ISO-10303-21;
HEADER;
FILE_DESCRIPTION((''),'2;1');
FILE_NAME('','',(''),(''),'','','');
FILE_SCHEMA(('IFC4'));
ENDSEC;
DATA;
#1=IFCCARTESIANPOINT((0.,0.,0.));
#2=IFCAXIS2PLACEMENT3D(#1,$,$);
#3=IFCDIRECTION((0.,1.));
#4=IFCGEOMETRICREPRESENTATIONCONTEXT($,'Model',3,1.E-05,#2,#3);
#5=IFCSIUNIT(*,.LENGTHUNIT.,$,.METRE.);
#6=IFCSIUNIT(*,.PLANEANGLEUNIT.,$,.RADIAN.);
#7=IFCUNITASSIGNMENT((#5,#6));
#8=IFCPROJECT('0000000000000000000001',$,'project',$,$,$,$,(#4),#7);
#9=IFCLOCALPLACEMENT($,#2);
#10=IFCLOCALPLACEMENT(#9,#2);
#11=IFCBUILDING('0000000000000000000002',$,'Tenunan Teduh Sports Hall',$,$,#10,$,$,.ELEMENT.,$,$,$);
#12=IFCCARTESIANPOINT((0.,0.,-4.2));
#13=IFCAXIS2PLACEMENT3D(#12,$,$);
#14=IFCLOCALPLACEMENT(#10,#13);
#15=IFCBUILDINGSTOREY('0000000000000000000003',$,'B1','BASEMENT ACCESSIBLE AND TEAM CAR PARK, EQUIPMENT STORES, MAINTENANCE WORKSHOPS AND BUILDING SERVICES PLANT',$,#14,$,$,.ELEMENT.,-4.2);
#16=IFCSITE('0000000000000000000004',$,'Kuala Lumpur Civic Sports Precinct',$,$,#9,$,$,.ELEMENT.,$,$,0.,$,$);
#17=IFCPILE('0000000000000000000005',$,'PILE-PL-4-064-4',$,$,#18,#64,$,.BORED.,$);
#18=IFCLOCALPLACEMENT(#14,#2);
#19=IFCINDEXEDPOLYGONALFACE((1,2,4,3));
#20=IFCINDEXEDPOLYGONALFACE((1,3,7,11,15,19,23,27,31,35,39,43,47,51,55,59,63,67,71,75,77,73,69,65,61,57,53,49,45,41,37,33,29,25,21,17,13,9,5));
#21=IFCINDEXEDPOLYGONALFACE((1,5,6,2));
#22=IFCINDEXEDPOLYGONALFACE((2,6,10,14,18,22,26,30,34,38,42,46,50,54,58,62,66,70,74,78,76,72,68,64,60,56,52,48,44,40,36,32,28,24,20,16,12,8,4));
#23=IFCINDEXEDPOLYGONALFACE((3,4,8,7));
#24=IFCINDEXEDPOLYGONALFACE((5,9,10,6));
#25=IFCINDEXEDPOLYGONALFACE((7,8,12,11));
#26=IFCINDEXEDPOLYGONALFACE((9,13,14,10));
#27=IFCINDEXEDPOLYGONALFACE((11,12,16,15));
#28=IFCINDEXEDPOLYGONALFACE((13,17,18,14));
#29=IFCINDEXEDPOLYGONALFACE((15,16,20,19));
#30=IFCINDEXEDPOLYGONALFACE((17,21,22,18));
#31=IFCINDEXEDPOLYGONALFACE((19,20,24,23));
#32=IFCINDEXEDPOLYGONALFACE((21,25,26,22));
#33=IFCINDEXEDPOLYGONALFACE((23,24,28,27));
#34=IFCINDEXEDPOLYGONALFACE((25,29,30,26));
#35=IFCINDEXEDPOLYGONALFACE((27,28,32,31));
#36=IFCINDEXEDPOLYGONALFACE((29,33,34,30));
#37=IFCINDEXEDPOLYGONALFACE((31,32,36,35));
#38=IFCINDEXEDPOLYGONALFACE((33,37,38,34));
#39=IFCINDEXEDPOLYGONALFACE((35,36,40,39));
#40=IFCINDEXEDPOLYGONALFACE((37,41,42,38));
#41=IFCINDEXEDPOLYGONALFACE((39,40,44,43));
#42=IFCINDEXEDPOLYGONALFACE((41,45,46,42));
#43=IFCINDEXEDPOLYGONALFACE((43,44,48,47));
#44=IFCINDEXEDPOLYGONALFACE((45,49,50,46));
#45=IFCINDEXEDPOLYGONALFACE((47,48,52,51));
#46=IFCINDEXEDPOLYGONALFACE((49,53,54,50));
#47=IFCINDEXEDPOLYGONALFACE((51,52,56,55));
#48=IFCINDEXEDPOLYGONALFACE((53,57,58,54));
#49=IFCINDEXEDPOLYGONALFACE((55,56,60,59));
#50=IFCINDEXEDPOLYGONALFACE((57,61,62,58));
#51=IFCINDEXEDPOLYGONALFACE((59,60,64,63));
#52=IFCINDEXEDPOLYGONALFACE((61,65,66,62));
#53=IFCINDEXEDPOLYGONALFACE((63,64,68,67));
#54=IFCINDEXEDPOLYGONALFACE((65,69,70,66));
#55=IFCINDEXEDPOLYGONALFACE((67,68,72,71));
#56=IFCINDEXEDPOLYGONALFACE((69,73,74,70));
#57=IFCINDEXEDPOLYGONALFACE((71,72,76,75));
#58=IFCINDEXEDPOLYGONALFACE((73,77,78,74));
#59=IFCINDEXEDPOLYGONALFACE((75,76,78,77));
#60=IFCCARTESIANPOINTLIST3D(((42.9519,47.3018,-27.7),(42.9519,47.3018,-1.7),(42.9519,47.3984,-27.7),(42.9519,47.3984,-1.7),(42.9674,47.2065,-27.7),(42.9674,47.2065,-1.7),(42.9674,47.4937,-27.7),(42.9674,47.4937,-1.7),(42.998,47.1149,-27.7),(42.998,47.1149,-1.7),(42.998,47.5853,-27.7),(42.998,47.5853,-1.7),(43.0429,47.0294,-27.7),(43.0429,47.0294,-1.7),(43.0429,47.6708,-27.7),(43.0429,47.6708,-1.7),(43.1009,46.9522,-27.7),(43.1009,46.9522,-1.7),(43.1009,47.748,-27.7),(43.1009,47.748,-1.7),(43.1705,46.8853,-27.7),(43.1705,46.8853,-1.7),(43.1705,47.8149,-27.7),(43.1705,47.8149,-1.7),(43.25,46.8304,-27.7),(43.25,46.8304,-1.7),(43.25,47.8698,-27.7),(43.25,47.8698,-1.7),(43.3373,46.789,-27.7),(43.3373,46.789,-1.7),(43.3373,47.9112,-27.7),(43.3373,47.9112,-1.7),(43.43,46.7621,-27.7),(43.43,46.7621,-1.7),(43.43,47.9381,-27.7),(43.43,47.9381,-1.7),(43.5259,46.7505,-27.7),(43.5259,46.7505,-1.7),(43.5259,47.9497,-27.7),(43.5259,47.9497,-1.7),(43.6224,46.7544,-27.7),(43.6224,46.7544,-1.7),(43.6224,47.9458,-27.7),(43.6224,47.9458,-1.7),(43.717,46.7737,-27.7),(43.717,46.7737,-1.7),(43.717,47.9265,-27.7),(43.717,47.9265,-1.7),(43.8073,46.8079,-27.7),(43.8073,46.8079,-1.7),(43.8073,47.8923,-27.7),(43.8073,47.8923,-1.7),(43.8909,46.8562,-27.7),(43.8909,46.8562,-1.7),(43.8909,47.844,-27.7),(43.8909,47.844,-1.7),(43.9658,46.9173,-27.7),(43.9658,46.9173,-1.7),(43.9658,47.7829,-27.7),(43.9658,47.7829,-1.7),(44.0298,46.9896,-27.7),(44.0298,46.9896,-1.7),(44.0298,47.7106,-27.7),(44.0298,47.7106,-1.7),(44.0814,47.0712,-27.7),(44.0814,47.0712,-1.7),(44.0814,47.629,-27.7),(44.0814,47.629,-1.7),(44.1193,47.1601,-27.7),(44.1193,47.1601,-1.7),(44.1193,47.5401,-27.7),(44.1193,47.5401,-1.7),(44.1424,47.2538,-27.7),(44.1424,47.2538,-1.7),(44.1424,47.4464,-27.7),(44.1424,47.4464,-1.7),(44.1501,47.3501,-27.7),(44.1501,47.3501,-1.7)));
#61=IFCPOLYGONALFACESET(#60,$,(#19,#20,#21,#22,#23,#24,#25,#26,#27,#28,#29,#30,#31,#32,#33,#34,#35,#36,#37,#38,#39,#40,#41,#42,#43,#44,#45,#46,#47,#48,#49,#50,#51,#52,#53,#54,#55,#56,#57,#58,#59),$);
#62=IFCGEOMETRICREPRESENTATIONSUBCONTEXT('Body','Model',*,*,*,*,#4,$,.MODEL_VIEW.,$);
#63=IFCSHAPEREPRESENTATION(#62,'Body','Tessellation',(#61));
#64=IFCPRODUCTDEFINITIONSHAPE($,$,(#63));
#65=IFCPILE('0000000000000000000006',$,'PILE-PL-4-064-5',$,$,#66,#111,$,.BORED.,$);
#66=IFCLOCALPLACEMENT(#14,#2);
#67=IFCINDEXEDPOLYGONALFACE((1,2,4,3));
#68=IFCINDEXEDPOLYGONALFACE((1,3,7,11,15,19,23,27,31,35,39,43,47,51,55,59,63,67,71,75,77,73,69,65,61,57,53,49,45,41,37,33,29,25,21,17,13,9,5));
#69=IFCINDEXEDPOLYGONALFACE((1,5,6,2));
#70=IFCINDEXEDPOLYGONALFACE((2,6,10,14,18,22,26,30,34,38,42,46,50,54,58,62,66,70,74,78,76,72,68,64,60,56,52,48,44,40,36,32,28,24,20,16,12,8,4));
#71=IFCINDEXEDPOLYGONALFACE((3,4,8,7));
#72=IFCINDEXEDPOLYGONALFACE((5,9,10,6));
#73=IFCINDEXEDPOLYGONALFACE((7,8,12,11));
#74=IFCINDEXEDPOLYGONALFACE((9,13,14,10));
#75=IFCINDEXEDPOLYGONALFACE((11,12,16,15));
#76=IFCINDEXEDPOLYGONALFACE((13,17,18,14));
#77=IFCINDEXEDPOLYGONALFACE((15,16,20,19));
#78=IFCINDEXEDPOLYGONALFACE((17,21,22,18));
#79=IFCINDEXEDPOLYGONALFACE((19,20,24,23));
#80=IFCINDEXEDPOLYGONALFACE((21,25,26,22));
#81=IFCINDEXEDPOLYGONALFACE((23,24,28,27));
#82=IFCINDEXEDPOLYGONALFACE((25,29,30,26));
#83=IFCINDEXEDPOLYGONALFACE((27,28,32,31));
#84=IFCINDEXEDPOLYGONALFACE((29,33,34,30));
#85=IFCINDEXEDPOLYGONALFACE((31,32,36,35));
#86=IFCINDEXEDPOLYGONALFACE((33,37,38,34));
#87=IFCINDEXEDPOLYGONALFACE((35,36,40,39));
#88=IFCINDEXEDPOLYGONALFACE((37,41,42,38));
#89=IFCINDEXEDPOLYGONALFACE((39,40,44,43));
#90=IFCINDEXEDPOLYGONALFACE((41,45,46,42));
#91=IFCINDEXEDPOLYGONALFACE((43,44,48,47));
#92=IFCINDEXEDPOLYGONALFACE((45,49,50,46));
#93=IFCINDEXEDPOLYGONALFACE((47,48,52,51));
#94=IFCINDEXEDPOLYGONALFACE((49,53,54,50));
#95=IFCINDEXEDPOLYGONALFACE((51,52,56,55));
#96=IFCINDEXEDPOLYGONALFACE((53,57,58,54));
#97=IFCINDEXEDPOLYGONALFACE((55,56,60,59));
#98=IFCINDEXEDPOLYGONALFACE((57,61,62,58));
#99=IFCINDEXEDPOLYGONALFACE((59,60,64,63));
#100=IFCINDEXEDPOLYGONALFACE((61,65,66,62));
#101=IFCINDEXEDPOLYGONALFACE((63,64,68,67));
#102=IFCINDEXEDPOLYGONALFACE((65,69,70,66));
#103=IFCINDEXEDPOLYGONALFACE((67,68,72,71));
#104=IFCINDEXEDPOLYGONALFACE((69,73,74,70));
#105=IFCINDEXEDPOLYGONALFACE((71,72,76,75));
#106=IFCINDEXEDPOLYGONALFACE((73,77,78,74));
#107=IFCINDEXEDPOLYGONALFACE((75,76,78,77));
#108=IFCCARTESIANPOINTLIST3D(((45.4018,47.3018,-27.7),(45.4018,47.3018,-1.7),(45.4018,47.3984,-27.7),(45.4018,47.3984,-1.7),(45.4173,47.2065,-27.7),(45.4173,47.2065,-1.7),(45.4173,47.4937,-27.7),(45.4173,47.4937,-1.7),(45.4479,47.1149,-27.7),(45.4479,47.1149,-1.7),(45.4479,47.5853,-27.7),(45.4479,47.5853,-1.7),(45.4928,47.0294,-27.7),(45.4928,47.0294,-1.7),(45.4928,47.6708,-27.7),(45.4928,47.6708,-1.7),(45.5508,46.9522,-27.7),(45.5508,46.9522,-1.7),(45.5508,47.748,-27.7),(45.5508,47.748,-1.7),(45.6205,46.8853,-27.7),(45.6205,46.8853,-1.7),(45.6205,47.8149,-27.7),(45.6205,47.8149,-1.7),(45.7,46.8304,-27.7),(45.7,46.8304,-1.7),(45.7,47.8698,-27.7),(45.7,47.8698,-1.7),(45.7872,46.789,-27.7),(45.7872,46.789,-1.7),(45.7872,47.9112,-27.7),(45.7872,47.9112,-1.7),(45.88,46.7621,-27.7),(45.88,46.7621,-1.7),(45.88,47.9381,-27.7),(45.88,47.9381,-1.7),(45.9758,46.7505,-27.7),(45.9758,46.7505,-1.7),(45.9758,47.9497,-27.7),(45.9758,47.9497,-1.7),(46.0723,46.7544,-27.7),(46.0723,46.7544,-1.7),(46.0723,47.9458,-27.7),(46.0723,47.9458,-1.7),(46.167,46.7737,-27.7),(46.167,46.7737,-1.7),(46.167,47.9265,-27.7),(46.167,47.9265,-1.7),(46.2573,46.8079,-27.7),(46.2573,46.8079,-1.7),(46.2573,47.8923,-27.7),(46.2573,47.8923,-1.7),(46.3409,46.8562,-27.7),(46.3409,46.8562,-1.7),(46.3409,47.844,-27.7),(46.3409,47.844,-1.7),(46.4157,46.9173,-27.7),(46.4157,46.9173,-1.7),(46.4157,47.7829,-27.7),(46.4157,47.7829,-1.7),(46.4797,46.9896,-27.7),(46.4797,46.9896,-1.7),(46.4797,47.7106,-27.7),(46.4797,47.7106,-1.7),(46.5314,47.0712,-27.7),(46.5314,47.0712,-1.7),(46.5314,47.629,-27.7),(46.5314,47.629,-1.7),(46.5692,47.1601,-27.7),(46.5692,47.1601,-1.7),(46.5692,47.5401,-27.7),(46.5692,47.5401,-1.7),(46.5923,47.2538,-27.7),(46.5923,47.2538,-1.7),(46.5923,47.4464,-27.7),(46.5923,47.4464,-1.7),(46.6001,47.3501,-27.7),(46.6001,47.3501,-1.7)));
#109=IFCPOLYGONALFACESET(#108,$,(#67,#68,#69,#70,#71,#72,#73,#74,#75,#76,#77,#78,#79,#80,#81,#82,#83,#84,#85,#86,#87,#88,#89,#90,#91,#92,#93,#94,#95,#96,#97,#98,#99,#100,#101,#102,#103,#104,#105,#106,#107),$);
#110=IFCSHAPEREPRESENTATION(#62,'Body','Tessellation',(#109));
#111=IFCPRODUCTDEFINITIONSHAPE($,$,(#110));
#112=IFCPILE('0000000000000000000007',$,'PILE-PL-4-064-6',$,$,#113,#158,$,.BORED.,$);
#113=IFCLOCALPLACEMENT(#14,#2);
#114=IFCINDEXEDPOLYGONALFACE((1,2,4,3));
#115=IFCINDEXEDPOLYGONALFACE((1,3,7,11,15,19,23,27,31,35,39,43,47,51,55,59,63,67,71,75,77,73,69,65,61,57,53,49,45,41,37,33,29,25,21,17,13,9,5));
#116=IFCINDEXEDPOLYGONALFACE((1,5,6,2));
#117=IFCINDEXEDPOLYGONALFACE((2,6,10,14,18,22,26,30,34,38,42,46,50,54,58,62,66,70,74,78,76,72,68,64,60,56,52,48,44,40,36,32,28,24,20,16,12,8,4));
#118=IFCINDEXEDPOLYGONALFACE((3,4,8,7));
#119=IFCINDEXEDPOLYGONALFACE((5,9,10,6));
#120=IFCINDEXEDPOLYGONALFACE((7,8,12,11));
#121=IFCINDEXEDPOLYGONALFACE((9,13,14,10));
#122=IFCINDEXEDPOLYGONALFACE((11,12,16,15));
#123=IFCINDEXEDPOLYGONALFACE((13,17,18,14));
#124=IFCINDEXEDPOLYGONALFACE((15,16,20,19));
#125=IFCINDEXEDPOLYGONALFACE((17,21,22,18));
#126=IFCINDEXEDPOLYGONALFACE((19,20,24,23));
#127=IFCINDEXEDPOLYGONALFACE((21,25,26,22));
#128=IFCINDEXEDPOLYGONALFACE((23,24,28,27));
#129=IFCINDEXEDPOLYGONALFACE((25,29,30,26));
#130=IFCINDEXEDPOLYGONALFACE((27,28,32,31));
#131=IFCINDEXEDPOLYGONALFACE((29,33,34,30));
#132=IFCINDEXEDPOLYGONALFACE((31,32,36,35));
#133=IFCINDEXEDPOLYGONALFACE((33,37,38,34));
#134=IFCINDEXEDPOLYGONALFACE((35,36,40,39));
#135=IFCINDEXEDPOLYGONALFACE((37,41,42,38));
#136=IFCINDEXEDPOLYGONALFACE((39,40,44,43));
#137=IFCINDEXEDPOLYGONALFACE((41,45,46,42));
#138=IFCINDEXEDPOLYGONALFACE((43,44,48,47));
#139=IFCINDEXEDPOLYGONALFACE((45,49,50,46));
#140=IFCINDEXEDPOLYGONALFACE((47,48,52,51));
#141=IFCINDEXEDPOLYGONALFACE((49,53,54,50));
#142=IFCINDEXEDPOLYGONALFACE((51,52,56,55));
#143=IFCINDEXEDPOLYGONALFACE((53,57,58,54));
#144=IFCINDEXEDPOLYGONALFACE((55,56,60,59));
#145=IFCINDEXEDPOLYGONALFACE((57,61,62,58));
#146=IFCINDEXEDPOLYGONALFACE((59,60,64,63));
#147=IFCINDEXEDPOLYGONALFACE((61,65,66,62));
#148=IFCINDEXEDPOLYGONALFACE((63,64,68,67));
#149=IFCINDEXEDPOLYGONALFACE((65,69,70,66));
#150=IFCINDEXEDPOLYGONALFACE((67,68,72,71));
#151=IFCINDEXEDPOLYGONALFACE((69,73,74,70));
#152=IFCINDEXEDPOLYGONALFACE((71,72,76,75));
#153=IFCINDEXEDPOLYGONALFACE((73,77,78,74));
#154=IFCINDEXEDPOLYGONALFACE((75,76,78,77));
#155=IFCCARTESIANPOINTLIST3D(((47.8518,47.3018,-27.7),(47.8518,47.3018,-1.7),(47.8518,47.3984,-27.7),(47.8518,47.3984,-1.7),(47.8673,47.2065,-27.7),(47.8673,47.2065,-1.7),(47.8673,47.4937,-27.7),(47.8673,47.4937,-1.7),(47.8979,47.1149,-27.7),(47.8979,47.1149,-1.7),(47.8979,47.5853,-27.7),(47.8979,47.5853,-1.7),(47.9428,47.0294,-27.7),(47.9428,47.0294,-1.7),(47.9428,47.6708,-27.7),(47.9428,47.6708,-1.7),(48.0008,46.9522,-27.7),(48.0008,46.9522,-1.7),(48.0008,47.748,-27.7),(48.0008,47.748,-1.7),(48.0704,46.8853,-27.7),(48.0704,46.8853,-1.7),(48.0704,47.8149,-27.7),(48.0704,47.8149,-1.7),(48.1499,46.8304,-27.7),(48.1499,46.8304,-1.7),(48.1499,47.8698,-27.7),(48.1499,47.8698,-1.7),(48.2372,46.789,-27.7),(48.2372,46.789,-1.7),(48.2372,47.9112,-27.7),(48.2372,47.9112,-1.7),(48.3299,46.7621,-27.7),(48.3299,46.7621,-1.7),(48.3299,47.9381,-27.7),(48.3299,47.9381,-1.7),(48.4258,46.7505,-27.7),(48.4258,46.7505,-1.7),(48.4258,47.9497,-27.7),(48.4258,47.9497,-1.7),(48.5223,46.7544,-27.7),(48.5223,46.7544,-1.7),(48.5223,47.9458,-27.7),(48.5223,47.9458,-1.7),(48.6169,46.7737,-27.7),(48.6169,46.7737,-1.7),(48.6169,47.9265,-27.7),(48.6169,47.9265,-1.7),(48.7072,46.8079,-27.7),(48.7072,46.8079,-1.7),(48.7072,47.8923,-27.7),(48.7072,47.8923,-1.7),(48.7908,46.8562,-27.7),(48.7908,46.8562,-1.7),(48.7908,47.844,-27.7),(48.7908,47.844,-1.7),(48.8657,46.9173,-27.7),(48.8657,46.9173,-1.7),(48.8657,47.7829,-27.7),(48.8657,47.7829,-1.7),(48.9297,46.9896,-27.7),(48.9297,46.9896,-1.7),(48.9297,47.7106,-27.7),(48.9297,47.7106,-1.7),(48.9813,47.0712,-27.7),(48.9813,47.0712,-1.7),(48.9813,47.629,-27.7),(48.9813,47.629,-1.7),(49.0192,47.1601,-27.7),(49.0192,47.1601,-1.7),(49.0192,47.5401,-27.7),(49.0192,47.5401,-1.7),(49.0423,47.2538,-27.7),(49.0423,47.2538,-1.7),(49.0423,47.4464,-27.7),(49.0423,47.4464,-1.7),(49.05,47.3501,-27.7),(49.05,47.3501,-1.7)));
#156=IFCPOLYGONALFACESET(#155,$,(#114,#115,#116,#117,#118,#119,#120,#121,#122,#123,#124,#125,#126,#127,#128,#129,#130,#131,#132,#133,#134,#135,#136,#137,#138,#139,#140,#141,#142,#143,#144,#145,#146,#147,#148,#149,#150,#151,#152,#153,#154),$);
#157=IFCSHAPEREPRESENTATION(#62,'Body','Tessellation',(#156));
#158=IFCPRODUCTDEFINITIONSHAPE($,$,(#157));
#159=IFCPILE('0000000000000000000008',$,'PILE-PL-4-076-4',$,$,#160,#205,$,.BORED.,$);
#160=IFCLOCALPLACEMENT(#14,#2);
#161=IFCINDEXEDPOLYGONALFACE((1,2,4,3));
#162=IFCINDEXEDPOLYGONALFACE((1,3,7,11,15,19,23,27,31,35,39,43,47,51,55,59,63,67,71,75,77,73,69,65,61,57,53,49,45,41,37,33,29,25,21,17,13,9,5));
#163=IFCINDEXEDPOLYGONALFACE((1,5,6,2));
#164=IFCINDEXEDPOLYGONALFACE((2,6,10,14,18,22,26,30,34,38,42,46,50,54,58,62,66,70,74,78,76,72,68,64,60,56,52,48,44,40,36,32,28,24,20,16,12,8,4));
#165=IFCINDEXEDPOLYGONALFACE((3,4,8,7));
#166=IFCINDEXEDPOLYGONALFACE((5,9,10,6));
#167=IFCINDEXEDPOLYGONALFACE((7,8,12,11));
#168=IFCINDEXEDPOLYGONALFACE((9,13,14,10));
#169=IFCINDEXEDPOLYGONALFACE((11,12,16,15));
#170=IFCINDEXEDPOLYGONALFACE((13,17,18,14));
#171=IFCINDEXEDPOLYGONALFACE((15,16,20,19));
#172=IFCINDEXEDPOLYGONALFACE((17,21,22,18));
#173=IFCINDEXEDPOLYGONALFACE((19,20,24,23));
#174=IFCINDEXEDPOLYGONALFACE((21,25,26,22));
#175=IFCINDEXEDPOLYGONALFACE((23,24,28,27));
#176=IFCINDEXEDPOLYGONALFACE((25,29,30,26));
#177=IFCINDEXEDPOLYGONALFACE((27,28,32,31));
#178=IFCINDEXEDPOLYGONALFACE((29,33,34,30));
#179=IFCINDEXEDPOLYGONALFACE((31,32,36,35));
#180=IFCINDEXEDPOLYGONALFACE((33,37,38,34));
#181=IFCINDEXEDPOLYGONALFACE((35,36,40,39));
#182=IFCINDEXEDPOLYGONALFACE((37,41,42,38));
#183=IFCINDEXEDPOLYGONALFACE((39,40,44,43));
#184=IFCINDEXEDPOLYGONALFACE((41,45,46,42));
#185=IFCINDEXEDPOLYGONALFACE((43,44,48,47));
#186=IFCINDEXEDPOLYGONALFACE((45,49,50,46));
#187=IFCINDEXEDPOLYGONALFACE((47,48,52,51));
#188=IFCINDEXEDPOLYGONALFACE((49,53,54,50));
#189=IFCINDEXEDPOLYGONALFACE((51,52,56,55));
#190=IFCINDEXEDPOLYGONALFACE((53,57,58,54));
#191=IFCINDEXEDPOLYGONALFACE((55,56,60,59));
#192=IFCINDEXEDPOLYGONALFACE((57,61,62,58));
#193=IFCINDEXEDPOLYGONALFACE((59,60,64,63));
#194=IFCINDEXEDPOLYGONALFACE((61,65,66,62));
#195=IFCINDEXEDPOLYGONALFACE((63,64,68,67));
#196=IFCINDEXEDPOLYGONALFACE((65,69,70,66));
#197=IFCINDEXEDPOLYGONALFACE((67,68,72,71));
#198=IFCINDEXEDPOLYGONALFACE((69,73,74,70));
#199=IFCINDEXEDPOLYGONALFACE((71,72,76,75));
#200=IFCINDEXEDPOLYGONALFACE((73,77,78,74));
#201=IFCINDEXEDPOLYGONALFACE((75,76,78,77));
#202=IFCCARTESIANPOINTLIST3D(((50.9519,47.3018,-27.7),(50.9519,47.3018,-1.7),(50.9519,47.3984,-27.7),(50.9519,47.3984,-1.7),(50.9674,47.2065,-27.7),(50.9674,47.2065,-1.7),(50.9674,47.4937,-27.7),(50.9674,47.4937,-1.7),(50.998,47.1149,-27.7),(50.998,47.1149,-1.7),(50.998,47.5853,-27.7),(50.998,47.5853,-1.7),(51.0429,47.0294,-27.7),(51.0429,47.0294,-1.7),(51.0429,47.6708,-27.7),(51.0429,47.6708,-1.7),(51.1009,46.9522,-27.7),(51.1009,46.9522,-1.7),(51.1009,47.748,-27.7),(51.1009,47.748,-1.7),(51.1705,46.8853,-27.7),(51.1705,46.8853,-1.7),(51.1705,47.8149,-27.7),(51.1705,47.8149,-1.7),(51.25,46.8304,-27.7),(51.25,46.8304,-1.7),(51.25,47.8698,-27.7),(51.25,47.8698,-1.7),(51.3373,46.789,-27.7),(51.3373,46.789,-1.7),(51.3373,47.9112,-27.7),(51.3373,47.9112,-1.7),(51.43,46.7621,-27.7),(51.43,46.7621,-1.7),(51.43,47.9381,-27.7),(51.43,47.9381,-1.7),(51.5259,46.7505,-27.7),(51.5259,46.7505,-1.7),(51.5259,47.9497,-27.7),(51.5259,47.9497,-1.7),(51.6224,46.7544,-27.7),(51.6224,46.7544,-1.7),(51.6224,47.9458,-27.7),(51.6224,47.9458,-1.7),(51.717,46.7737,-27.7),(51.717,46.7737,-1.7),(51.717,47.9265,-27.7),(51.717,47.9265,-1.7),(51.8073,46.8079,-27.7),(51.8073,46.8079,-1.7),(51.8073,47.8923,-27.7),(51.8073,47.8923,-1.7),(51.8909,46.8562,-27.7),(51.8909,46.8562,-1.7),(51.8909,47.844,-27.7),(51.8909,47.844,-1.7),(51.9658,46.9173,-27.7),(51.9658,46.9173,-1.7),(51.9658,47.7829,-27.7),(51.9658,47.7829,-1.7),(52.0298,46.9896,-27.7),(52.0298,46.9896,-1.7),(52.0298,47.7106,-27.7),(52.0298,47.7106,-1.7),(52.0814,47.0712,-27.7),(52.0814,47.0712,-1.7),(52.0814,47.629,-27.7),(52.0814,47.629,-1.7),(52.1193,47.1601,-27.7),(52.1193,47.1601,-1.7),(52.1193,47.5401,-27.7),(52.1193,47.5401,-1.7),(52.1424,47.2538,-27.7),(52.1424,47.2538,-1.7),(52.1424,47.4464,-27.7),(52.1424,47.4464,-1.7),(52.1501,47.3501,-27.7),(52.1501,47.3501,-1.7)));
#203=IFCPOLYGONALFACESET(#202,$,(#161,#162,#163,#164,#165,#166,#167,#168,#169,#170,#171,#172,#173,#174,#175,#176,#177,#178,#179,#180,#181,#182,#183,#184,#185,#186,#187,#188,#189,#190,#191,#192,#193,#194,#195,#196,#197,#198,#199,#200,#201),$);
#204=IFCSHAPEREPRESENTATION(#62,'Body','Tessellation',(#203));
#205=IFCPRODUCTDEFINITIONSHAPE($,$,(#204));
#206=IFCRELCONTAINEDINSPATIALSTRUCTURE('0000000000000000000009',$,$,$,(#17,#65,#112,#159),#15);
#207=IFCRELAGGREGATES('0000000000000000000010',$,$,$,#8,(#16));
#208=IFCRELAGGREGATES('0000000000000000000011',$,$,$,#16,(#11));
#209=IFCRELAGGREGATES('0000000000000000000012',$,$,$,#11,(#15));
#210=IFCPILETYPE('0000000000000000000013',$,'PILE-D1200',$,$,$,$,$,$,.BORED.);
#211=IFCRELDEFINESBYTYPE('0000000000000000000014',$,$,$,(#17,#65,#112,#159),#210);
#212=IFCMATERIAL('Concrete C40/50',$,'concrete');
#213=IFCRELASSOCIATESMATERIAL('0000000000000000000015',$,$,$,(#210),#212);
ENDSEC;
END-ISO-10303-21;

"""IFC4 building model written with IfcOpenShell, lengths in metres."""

from ifc_helpers import new_model, si_unit, direction, frame, origin, origin_2d, place, context, subcontext, project, spatial, circle, extrude, material, material_profile, profile_set, type_object, element, save


model = new_model("IFC4")

# Units and contexts
model_context = context("Model", 3, precision=1e-05, world=origin(), true_north=direction((0.0, 1.0)))
body_context = subcontext(model_context, "Body", "Model", "MODEL_VIEW")
ifc_project = project(units=[si_unit("LENGTHUNIT", "METRE"), si_unit("PLANEANGLEUNIT", "RADIAN")], contexts=[model_context])

# Site, building, storey
site_placement = place(None, origin())
site = spatial("IfcSite", under=ifc_project, at=site_placement, Name="Kuala Lumpur Civic Sports Precinct", CompositionType="ELEMENT", RefElevation=0.0)
building_placement = place(site_placement, origin())
building = spatial("IfcBuilding", under=site, at=building_placement, Name="Tenunan Teduh Sports Hall", CompositionType="ELEMENT")
storey_placement = place(building_placement, frame((0.0, 0.0, -4.2)))
storey = spatial("IfcBuildingStorey", under=building, at=storey_placement, Name="B1", Description="BASEMENT ACCESSIBLE AND TEAM CAR PARK, EQUIPMENT STORES, MAINTENANCE WORKSHOPS AND BUILDING SERVICES PLANT", CompositionType="ELEMENT", Elevation=-4.2)

# Piles
ifc_material_1 = material(Name="Concrete C40/50", Category="concrete")
ifc_material_profile_1 = material_profile(ifc_material_1, circle(Radius=0.6001, at=origin_2d()), Name="PILE D1200")
ifc_profile_set_1 = profile_set([ifc_material_profile_1], Name="Concrete C40/50")
pile_type_1 = type_object("IfcPileType", Name="PILE-D1200", PredefinedType="BORED", material=ifc_profile_set_1)
for number, where, z_axis, x_axis, name in (
    (1, (43.55, 47.3501, -1.7), (0.0, 0.0, -1.0), (1.0, 0.0, 0.0), "PILE-PL-4-064-4"),
    (2, (46.0, 47.3501, -1.7), (0.0, 0.0, -1.0), (1.0, 0.0, 0.0), "PILE-PL-4-064-5"),
    (3, (48.45, 47.3501, -1.7), (0.0, 0.0, -1.0), (1.0, 0.0, 0.0), "PILE-PL-4-064-6"),
    (4, (51.55, 47.3501, -1.7), (0.0, 0.0, -1.0), (1.0, 0.0, 0.0), "PILE-PL-4-076-4"),
):
    element("IfcPile", number, at=place(storey_placement, frame(where, z_axis=z_axis, x_axis=x_axis)), inside=storey, type_object=pile_type_1, Name=name, PredefinedType="BORED", context=body_context, shape_type="SweptSolid", body=[
        extrude(circle(Radius=0.6001, at=origin_2d()), origin(), (0.0, 0.0, 1.0), 26.0),
    ])

save(model, "model.ifc")
